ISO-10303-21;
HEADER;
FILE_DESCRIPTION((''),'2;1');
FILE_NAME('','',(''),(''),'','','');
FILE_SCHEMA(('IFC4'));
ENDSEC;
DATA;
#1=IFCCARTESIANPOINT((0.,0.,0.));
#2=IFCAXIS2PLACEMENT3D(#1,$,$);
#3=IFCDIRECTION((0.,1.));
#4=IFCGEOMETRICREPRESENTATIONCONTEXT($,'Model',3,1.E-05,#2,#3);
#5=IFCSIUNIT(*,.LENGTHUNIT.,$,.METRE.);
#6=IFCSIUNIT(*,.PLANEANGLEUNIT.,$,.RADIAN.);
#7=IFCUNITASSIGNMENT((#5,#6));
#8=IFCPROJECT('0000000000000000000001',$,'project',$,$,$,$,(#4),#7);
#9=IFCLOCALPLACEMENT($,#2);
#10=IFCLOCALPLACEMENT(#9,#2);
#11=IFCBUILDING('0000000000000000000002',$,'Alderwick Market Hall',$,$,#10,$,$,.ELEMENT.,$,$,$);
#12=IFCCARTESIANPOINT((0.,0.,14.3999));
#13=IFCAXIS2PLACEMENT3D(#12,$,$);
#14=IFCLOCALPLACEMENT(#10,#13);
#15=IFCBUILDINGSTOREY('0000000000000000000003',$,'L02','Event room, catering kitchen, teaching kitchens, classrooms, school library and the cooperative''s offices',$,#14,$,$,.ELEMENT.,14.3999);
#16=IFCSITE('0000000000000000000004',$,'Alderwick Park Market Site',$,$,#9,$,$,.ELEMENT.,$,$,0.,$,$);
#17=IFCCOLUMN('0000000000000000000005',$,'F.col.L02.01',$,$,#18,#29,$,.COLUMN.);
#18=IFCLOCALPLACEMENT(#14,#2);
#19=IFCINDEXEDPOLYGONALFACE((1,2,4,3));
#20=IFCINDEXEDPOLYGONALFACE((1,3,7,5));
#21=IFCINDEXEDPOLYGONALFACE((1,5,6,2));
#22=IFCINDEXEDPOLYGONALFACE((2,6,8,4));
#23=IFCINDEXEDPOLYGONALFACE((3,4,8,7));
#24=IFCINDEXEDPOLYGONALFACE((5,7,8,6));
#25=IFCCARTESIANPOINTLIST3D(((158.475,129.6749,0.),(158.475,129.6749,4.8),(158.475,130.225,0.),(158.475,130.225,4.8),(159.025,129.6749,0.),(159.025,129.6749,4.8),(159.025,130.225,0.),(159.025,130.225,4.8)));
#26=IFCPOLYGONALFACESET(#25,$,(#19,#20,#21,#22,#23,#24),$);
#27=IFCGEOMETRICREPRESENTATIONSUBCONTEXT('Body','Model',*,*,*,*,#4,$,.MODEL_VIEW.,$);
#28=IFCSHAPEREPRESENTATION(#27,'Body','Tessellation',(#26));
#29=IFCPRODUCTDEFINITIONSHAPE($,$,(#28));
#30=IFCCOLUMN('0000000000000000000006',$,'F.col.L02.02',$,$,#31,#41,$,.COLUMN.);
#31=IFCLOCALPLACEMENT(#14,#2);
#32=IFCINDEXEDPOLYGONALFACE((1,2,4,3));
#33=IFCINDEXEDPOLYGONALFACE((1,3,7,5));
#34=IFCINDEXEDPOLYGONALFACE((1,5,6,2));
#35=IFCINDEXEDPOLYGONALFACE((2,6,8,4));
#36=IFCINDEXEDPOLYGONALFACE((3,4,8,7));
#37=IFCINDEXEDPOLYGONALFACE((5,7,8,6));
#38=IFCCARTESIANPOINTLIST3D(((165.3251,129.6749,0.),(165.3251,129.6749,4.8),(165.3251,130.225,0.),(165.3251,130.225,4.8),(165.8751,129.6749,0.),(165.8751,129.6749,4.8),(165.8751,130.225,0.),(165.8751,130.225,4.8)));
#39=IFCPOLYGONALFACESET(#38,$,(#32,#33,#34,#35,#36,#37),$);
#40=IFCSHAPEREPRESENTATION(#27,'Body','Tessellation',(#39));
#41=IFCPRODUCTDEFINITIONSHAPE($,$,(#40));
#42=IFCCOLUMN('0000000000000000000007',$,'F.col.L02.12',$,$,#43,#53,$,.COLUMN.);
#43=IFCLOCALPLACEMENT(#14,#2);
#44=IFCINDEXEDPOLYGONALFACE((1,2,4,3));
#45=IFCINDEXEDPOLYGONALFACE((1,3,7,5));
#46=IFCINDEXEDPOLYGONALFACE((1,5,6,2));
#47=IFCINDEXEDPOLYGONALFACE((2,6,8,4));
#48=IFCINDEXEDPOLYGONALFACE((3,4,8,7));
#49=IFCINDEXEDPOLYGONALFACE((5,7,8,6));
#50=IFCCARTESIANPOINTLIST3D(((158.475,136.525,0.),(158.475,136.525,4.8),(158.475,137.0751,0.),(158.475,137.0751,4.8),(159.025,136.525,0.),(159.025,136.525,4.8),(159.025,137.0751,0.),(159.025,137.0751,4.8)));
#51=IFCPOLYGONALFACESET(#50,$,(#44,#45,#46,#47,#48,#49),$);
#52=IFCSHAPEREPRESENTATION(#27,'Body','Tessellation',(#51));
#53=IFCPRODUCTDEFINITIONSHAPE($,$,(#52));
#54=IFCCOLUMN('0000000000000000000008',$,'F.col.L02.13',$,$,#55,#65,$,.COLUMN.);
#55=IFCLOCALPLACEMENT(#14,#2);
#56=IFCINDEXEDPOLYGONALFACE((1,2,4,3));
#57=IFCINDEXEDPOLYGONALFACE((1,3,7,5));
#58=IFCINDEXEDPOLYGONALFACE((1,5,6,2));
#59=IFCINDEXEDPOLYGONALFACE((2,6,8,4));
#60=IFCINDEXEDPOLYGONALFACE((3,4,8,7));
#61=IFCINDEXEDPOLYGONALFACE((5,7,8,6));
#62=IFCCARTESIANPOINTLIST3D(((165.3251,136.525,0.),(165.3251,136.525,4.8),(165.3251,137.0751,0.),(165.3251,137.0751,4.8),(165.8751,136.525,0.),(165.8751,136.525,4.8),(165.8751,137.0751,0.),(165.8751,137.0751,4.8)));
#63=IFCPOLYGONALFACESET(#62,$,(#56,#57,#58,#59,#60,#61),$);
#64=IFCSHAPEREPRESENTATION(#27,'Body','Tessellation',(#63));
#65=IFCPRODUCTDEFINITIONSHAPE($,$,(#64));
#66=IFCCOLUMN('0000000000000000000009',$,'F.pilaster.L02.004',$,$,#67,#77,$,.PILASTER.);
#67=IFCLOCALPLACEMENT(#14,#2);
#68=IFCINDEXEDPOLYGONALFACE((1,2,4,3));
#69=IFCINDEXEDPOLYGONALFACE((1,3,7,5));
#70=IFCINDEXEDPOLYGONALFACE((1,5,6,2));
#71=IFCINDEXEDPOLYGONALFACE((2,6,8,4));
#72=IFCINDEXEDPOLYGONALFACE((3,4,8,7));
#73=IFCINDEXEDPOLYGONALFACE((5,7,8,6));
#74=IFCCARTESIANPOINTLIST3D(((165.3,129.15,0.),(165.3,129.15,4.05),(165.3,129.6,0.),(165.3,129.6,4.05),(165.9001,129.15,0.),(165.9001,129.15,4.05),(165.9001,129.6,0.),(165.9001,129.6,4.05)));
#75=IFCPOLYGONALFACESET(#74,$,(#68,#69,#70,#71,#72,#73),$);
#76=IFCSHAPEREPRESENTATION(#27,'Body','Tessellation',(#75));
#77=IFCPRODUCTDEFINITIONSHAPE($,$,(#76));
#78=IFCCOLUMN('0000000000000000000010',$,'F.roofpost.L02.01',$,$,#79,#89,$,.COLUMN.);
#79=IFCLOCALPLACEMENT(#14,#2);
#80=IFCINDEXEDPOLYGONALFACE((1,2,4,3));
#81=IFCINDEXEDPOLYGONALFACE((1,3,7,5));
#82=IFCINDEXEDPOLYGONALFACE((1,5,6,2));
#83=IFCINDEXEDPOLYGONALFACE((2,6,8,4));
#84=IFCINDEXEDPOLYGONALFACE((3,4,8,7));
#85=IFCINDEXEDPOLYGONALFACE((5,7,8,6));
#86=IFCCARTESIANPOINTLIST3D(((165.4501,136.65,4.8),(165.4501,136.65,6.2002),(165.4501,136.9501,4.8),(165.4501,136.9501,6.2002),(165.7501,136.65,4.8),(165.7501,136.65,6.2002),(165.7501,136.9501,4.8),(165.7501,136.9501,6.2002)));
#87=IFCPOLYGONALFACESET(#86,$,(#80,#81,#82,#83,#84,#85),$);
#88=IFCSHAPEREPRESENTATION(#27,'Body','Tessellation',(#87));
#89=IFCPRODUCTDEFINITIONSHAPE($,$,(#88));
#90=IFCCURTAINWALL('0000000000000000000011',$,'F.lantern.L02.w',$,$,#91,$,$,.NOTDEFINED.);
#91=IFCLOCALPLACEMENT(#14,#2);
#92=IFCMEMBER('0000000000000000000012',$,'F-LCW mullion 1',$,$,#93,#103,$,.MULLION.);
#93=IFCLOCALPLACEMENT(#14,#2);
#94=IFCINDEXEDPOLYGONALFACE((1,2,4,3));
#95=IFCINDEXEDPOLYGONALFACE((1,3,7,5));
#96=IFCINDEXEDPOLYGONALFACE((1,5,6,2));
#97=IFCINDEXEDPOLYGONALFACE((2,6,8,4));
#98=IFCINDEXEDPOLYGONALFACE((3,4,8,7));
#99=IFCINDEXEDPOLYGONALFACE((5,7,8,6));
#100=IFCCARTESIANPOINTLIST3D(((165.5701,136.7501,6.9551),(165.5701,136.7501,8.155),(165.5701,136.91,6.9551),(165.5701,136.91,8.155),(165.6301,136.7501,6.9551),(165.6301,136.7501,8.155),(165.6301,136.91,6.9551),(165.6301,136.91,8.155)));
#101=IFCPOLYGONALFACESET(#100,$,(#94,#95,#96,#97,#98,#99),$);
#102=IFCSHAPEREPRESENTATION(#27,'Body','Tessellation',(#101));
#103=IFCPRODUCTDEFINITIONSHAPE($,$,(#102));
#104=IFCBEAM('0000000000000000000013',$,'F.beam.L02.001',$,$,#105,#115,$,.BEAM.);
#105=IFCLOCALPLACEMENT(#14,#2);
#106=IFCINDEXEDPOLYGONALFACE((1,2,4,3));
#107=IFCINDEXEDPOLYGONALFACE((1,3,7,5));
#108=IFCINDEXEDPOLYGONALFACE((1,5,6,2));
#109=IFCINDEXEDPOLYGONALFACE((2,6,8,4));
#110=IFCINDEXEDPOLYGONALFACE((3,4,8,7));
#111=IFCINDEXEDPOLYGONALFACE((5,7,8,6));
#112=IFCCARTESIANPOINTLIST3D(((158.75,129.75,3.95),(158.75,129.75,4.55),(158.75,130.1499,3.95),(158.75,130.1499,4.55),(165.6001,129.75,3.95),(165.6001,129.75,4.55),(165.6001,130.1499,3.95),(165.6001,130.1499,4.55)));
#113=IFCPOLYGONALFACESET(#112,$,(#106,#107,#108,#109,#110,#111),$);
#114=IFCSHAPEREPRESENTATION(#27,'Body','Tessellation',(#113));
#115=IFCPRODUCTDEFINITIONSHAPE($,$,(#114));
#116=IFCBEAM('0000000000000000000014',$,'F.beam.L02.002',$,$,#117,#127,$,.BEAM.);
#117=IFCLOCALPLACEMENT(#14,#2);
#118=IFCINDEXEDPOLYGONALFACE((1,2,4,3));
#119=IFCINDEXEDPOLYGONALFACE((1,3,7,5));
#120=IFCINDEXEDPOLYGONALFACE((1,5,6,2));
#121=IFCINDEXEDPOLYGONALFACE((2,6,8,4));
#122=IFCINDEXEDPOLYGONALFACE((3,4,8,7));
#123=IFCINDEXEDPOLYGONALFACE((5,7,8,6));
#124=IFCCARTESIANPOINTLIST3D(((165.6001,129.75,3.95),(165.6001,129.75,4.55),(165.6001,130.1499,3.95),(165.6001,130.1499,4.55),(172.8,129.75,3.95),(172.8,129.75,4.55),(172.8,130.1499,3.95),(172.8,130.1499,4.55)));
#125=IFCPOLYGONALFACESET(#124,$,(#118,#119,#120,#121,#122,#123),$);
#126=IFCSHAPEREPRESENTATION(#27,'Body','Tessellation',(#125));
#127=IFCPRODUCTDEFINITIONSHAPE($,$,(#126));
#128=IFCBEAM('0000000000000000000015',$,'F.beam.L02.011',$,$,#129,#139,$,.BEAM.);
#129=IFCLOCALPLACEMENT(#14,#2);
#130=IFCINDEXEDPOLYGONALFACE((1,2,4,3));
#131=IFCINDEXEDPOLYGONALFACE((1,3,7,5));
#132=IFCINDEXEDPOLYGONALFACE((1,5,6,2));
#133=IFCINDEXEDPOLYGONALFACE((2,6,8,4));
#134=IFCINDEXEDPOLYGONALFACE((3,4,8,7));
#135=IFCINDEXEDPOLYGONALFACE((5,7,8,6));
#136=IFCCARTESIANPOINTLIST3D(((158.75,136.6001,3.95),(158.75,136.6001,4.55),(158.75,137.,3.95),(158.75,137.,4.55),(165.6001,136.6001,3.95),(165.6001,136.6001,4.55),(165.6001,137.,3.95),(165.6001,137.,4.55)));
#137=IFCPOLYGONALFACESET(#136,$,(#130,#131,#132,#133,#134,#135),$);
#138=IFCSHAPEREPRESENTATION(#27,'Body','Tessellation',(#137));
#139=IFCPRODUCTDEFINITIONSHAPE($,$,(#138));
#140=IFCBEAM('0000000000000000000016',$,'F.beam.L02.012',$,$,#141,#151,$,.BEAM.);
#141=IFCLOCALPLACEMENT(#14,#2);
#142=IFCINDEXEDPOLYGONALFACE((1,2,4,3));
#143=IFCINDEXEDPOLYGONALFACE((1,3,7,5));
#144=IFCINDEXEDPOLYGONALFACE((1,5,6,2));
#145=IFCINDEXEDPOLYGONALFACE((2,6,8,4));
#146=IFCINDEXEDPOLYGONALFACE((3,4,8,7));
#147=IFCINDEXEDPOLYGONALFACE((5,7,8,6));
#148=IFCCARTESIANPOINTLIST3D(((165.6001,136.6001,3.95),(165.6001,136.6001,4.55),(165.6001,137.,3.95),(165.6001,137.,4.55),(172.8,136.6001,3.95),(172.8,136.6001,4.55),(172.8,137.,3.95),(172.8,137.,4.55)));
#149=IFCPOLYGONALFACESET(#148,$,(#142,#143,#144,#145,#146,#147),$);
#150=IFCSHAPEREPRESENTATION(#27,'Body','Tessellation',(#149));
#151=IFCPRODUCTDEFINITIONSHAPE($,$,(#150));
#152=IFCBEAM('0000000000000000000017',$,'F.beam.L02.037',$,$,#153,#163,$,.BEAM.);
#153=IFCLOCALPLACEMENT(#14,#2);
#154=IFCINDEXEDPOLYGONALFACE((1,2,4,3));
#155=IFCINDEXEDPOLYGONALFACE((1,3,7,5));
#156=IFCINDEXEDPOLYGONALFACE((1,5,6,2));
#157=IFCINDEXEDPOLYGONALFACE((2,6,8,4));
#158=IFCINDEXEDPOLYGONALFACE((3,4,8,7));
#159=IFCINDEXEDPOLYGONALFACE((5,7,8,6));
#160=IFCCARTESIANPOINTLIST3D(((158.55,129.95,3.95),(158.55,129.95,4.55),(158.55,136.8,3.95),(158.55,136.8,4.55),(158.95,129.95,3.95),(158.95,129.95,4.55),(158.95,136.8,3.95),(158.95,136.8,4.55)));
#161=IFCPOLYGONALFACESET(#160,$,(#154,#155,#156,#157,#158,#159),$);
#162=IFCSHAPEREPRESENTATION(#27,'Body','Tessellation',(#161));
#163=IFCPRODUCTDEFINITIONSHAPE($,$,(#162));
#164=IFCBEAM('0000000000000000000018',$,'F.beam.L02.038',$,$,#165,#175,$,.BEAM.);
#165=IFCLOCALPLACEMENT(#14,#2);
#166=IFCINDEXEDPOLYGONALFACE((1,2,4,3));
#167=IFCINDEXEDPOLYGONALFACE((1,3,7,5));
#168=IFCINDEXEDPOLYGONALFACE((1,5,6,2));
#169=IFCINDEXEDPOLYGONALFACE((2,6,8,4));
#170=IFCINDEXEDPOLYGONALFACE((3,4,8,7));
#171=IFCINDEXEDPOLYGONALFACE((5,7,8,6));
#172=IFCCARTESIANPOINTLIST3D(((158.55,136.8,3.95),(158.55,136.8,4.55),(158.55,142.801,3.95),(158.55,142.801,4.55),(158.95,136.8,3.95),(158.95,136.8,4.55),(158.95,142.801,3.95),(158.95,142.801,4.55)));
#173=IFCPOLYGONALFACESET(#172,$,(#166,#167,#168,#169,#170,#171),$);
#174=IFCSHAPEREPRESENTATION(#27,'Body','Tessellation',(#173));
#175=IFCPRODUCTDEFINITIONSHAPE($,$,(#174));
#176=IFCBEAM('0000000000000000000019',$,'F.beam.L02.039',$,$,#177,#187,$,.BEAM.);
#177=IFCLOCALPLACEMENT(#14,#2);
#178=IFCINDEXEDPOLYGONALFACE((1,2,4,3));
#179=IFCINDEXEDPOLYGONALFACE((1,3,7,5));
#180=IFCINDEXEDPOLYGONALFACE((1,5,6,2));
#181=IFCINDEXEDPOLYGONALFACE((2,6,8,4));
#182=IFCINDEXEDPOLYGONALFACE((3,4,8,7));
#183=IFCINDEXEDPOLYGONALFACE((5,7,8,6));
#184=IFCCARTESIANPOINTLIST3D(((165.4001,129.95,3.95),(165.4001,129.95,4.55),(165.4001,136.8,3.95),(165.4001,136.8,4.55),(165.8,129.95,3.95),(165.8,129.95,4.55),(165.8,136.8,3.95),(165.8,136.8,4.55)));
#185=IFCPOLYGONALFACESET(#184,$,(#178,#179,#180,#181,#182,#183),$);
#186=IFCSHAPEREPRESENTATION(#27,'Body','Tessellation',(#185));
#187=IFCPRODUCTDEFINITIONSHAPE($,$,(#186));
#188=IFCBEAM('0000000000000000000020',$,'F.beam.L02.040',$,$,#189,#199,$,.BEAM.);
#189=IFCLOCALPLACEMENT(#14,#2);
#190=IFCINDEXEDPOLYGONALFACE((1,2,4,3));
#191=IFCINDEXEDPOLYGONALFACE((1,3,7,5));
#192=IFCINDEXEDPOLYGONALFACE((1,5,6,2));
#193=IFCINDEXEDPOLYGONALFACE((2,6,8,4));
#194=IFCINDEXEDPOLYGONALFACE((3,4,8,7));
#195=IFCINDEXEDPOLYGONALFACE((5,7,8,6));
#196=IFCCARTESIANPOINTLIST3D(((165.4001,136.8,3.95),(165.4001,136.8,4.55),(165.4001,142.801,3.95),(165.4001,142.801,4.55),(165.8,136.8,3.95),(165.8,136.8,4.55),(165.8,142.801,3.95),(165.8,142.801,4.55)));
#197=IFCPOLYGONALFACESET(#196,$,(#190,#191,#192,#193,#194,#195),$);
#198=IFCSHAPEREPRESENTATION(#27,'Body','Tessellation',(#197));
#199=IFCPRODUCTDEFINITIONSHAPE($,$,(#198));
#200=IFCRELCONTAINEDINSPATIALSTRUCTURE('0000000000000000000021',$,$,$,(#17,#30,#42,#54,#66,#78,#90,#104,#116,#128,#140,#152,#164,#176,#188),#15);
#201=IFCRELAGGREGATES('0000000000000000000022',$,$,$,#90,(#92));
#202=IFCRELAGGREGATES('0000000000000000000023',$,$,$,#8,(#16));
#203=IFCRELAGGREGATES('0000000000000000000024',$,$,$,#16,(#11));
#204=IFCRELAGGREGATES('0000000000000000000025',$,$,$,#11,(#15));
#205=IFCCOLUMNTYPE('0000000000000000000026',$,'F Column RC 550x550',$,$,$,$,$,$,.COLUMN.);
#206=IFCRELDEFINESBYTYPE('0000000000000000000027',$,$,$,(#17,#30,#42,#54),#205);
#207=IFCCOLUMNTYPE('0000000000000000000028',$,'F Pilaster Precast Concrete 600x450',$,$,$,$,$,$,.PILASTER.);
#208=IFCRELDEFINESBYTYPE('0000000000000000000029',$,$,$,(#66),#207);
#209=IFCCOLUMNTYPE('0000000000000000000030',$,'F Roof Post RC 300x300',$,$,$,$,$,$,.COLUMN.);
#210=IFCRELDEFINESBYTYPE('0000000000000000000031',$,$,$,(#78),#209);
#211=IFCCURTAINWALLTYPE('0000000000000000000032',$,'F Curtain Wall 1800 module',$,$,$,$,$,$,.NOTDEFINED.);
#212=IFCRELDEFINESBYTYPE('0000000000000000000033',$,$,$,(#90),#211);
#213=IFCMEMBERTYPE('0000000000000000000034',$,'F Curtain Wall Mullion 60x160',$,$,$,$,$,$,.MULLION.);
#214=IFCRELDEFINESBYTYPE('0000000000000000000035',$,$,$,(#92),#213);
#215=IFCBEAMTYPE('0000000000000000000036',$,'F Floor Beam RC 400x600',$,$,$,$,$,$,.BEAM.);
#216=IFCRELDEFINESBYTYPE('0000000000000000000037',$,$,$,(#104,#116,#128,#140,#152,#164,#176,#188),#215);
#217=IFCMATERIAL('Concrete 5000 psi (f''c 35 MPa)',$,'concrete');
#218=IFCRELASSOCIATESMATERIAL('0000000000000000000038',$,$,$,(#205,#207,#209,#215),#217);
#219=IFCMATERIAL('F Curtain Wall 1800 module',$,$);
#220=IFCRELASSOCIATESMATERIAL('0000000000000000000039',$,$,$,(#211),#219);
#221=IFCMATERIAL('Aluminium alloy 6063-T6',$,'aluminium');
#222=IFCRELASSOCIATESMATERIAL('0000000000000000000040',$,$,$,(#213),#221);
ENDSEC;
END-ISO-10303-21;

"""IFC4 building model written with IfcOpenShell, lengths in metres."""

from ifc_helpers import new_model, si_unit, direction, frame, origin, origin_2d, place, context, subcontext, project, spatial, rectangle, extrude, material, material_profile, profile_set, type_object, element, aggregate, save


model = new_model("IFC4")

# Units and contexts
model_context = context("Model", 3, precision=1e-05, world=origin(), true_north=direction((0.0, 1.0)))
body_context = subcontext(model_context, "Body", "Model", "MODEL_VIEW")
ifc_project = project(units=[si_unit("LENGTHUNIT", "METRE"), si_unit("PLANEANGLEUNIT", "RADIAN")], contexts=[model_context])

# Site, building, storey
site_placement = place(None, origin())
site = spatial("IfcSite", under=ifc_project, at=site_placement, Name="Alderwick Park Market Site", CompositionType="ELEMENT", RefElevation=0.0)
building_placement = place(site_placement, origin())
building = spatial("IfcBuilding", under=site, at=building_placement, Name="Alderwick Market Hall", CompositionType="ELEMENT")
storey_placement = place(building_placement, frame((0.0, 0.0, 14.3999)))
storey = spatial("IfcBuildingStorey", under=building, at=storey_placement, Name="L02", Description="Event room, catering kitchen, teaching kitchens, classrooms, school library and the cooperative's offices", CompositionType="ELEMENT", Elevation=14.3999)

# Columns
ifc_material_1 = material(Name="Concrete 5000 psi (f'c 35 MPa)", Category="concrete")
ifc_material_profile_1 = material_profile(ifc_material_1, rectangle(XDim=0.55, YDim=0.55, at=origin_2d()), Name="RC 550x550")
ifc_profile_set_1 = profile_set([ifc_material_profile_1], Name="Concrete 5000 psi (f'c 35 MPa)")
column_type_1 = type_object("IfcColumnType", Name="F Column RC 550x550", PredefinedType="COLUMN", material=ifc_profile_set_1)
for number, where, z_axis, x_axis, name in (
    (1, (158.75, 129.95, 0.0), (0.0, 0.0, 1.0), (1.0, 0.0, 0.0), "F.col.L02.01"),
    (2, (165.6001, 129.95, 0.0), (0.0, 0.0, 1.0), (1.0, 0.0, 0.0), "F.col.L02.02"),
    (3, (158.75, 136.8, 0.0), (0.0, 0.0, 1.0), (1.0, 0.0, 0.0), "F.col.L02.12"),
    (4, (165.6001, 136.8, 0.0), (0.0, 0.0, 1.0), (1.0, 0.0, 0.0), "F.col.L02.13"),
):
    element("IfcColumn", number, at=place(storey_placement, frame(where, z_axis=z_axis, x_axis=x_axis)), inside=storey, type_object=column_type_1, Name=name, PredefinedType="COLUMN", context=body_context, shape_type="SweptSolid", body=[
        extrude(rectangle(XDim=0.55, YDim=0.55, at=origin_2d()), origin(), (0.0, 0.0, 1.0), 4.8),
    ])
ifc_material_profile_2 = material_profile(ifc_material_1, rectangle(XDim=0.6001, YDim=0.45, at=origin_2d()), Name="PC 600x450")
ifc_profile_set_2 = profile_set([ifc_material_profile_2], Name="Concrete 5000 psi (f'c 35 MPa)")
column_type_2 = type_object("IfcColumnType", Name="F Pilaster Precast Concrete 600x450", PredefinedType="PILASTER", material=ifc_profile_set_2)
column_1_placement = place(storey_placement, frame((165.6001, 129.375, 0.0), z_axis=(0.0, 0.0, 1.0), x_axis=(1.0, 0.0, 0.0)))
element("IfcColumn", 5, at=column_1_placement, inside=storey, type_object=column_type_2, Name="F.pilaster.L02.004", PredefinedType="PILASTER", context=body_context, shape_type="SweptSolid", body=[
    extrude(rectangle(XDim=0.6001, YDim=0.45, at=origin_2d()), origin(), (0.0, 0.0, 1.0), 4.05),
])
ifc_material_profile_3 = material_profile(ifc_material_1, rectangle(XDim=0.3, YDim=0.3, at=origin_2d()), Name="RC 300x300")
ifc_profile_set_3 = profile_set([ifc_material_profile_3], Name="Concrete 5000 psi (f'c 35 MPa)")
column_type_3 = type_object("IfcColumnType", Name="F Roof Post RC 300x300", PredefinedType="COLUMN", material=ifc_profile_set_3)
column_2_placement = place(storey_placement, frame((165.6001, 136.8, 4.8), z_axis=(0.0, 0.0, 1.0), x_axis=(1.0, 0.0, 0.0)))
element("IfcColumn", 6, at=column_2_placement, inside=storey, type_object=column_type_3, Name="F.roofpost.L02.01", PredefinedType="COLUMN", context=body_context, shape_type="SweptSolid", body=[
    extrude(rectangle(XDim=0.3, YDim=0.3, at=origin_2d()), origin(), (0.0, 0.0, 1.0), 1.4001),
])

# Curtain wall, member
ifc_material_2 = material(Name="F Curtain Wall 1800 module")
curtain_wall_type = type_object("IfcCurtainWallType", Name="F Curtain Wall 1800 module", PredefinedType="NOTDEFINED", material=ifc_material_2)
curtain_wall_placement = place(storey_placement, origin())
curtain_wall = element("IfcCurtainWall", 7, at=curtain_wall_placement, inside=storey, type_object=curtain_wall_type, Name="F.lantern.L02.w", PredefinedType="NOTDEFINED")
ifc_material_3 = material(Name="Aluminium alloy 6063-T6", Category="aluminium")
ifc_material_profile_4 = material_profile(ifc_material_3, rectangle(XDim=0.0601, YDim=0.1599, at=origin_2d()), Name="AL 60x160")
ifc_profile_set_4 = profile_set([ifc_material_profile_4], Name="Aluminium alloy 6063-T6")
member_type = type_object("IfcMemberType", Name="F Curtain Wall Mullion 60x160", PredefinedType="MULLION", material=ifc_profile_set_4)
member_placement = place(storey_placement, frame((165.6001, 136.8301, 6.9551), z_axis=(0.0, 0.0, 1.0), x_axis=(-1.0, 0.0, 0.0)))
member = element("IfcMember", 8, at=member_placement, type_object=member_type, Name="F-LCW mullion 1", PredefinedType="MULLION", context=body_context, shape_type="SweptSolid", body=[
    extrude(rectangle(XDim=0.0601, YDim=0.1599, at=origin_2d()), origin(), (0.0, 0.0, 1.0), 1.2),
])
aggregate(curtain_wall, [member])

# Beams
ifc_material_profile_5 = material_profile(ifc_material_1, rectangle(XDim=0.3999, YDim=0.6001, at=origin_2d()), Name="RC 400x600")
ifc_profile_set_5 = profile_set([ifc_material_profile_5], Name="Concrete 5000 psi (f'c 35 MPa)")
beam_type_1 = type_object("IfcBeamType", Name="F Floor Beam RC 400x600", PredefinedType="BEAM", material=ifc_profile_set_5)
beam_1_placement = place(storey_placement, frame((158.75, 129.95, 4.25), z_axis=(1.0, 0.0, 0.0), x_axis=(0.0, 1.0, 0.0)))
element("IfcBeam", 9, at=beam_1_placement, inside=storey, type_object=beam_type_1, Name="F.beam.L02.001", PredefinedType="BEAM", context=body_context, shape_type="SweptSolid", body=[
    extrude(rectangle(XDim=0.3999, YDim=0.6001, at=origin_2d()), origin(), (0.0, 0.0, 1.0), 6.8501),
])
beam_2_placement = place(storey_placement, frame((165.6001, 129.95, 4.25), z_axis=(1.0, 0.0, 0.0), x_axis=(0.0, 1.0, 0.0)))
element("IfcBeam", 10, at=beam_2_placement, inside=storey, type_object=beam_type_1, Name="F.beam.L02.002", PredefinedType="BEAM", context=body_context, shape_type="SweptSolid", body=[
    extrude(rectangle(XDim=0.3999, YDim=0.6001, at=origin_2d()), origin(), (0.0, 0.0, 1.0), 7.2),
])
beam_3_placement = place(storey_placement, frame((158.75, 136.8, 4.25), z_axis=(1.0, 0.0, 0.0), x_axis=(0.0, 1.0, 0.0)))
element("IfcBeam", 11, at=beam_3_placement, inside=storey, type_object=beam_type_1, Name="F.beam.L02.011", PredefinedType="BEAM", context=body_context, shape_type="SweptSolid", body=[
    extrude(rectangle(XDim=0.3999, YDim=0.6001, at=origin_2d()), origin(), (0.0, 0.0, 1.0), 6.8501),
])
beam_4_placement = place(storey_placement, frame((165.6001, 136.8, 4.25), z_axis=(1.0, 0.0, 0.0), x_axis=(0.0, 1.0, 0.0)))
element("IfcBeam", 12, at=beam_4_placement, inside=storey, type_object=beam_type_1, Name="F.beam.L02.012", PredefinedType="BEAM", context=body_context, shape_type="SweptSolid", body=[
    extrude(rectangle(XDim=0.3999, YDim=0.6001, at=origin_2d()), origin(), (0.0, 0.0, 1.0), 7.2),
])
beam_5_placement = place(storey_placement, frame((158.75, 129.95, 4.25), z_axis=(0.0, 1.0, 0.0), x_axis=(-1.0, 0.0, 0.0)))
element("IfcBeam", 13, at=beam_5_placement, inside=storey, type_object=beam_type_1, Name="F.beam.L02.037", PredefinedType="BEAM", context=body_context, shape_type="SweptSolid", body=[
    extrude(rectangle(XDim=0.3999, YDim=0.6001, at=origin_2d()), origin(), (0.0, 0.0, 1.0), 6.8501),
])
beam_6_placement = place(storey_placement, frame((158.75, 136.8, 4.25), z_axis=(0.0, 1.0, 0.0), x_axis=(-1.0, 0.0, 0.0)))
element("IfcBeam", 14, at=beam_6_placement, inside=storey, type_object=beam_type_1, Name="F.beam.L02.038", PredefinedType="BEAM", context=body_context, shape_type="SweptSolid", body=[
    extrude(rectangle(XDim=0.3999, YDim=0.6001, at=origin_2d()), origin(), (0.0, 0.0, 1.0), 6.001),
])
beam_7_placement = place(storey_placement, frame((165.6001, 129.95, 4.25), z_axis=(0.0, 1.0, 0.0), x_axis=(-1.0, 0.0, 0.0)))
element("IfcBeam", 15, at=beam_7_placement, inside=storey, type_object=beam_type_1, Name="F.beam.L02.039", PredefinedType="BEAM", context=body_context, shape_type="SweptSolid", body=[
    extrude(rectangle(XDim=0.3999, YDim=0.6001, at=origin_2d()), origin(), (0.0, 0.0, 1.0), 6.8501),
])
beam_8_placement = place(storey_placement, frame((165.6001, 136.8, 4.25), z_axis=(0.0, 1.0, 0.0), x_axis=(-1.0, 0.0, 0.0)))
element("IfcBeam", 16, at=beam_8_placement, inside=storey, type_object=beam_type_1, Name="F.beam.L02.040", PredefinedType="BEAM", context=body_context, shape_type="SweptSolid", body=[
    extrude(rectangle(XDim=0.3999, YDim=0.6001, at=origin_2d()), origin(), (0.0, 0.0, 1.0), 6.001),
])

save(model, "model.ifc")
